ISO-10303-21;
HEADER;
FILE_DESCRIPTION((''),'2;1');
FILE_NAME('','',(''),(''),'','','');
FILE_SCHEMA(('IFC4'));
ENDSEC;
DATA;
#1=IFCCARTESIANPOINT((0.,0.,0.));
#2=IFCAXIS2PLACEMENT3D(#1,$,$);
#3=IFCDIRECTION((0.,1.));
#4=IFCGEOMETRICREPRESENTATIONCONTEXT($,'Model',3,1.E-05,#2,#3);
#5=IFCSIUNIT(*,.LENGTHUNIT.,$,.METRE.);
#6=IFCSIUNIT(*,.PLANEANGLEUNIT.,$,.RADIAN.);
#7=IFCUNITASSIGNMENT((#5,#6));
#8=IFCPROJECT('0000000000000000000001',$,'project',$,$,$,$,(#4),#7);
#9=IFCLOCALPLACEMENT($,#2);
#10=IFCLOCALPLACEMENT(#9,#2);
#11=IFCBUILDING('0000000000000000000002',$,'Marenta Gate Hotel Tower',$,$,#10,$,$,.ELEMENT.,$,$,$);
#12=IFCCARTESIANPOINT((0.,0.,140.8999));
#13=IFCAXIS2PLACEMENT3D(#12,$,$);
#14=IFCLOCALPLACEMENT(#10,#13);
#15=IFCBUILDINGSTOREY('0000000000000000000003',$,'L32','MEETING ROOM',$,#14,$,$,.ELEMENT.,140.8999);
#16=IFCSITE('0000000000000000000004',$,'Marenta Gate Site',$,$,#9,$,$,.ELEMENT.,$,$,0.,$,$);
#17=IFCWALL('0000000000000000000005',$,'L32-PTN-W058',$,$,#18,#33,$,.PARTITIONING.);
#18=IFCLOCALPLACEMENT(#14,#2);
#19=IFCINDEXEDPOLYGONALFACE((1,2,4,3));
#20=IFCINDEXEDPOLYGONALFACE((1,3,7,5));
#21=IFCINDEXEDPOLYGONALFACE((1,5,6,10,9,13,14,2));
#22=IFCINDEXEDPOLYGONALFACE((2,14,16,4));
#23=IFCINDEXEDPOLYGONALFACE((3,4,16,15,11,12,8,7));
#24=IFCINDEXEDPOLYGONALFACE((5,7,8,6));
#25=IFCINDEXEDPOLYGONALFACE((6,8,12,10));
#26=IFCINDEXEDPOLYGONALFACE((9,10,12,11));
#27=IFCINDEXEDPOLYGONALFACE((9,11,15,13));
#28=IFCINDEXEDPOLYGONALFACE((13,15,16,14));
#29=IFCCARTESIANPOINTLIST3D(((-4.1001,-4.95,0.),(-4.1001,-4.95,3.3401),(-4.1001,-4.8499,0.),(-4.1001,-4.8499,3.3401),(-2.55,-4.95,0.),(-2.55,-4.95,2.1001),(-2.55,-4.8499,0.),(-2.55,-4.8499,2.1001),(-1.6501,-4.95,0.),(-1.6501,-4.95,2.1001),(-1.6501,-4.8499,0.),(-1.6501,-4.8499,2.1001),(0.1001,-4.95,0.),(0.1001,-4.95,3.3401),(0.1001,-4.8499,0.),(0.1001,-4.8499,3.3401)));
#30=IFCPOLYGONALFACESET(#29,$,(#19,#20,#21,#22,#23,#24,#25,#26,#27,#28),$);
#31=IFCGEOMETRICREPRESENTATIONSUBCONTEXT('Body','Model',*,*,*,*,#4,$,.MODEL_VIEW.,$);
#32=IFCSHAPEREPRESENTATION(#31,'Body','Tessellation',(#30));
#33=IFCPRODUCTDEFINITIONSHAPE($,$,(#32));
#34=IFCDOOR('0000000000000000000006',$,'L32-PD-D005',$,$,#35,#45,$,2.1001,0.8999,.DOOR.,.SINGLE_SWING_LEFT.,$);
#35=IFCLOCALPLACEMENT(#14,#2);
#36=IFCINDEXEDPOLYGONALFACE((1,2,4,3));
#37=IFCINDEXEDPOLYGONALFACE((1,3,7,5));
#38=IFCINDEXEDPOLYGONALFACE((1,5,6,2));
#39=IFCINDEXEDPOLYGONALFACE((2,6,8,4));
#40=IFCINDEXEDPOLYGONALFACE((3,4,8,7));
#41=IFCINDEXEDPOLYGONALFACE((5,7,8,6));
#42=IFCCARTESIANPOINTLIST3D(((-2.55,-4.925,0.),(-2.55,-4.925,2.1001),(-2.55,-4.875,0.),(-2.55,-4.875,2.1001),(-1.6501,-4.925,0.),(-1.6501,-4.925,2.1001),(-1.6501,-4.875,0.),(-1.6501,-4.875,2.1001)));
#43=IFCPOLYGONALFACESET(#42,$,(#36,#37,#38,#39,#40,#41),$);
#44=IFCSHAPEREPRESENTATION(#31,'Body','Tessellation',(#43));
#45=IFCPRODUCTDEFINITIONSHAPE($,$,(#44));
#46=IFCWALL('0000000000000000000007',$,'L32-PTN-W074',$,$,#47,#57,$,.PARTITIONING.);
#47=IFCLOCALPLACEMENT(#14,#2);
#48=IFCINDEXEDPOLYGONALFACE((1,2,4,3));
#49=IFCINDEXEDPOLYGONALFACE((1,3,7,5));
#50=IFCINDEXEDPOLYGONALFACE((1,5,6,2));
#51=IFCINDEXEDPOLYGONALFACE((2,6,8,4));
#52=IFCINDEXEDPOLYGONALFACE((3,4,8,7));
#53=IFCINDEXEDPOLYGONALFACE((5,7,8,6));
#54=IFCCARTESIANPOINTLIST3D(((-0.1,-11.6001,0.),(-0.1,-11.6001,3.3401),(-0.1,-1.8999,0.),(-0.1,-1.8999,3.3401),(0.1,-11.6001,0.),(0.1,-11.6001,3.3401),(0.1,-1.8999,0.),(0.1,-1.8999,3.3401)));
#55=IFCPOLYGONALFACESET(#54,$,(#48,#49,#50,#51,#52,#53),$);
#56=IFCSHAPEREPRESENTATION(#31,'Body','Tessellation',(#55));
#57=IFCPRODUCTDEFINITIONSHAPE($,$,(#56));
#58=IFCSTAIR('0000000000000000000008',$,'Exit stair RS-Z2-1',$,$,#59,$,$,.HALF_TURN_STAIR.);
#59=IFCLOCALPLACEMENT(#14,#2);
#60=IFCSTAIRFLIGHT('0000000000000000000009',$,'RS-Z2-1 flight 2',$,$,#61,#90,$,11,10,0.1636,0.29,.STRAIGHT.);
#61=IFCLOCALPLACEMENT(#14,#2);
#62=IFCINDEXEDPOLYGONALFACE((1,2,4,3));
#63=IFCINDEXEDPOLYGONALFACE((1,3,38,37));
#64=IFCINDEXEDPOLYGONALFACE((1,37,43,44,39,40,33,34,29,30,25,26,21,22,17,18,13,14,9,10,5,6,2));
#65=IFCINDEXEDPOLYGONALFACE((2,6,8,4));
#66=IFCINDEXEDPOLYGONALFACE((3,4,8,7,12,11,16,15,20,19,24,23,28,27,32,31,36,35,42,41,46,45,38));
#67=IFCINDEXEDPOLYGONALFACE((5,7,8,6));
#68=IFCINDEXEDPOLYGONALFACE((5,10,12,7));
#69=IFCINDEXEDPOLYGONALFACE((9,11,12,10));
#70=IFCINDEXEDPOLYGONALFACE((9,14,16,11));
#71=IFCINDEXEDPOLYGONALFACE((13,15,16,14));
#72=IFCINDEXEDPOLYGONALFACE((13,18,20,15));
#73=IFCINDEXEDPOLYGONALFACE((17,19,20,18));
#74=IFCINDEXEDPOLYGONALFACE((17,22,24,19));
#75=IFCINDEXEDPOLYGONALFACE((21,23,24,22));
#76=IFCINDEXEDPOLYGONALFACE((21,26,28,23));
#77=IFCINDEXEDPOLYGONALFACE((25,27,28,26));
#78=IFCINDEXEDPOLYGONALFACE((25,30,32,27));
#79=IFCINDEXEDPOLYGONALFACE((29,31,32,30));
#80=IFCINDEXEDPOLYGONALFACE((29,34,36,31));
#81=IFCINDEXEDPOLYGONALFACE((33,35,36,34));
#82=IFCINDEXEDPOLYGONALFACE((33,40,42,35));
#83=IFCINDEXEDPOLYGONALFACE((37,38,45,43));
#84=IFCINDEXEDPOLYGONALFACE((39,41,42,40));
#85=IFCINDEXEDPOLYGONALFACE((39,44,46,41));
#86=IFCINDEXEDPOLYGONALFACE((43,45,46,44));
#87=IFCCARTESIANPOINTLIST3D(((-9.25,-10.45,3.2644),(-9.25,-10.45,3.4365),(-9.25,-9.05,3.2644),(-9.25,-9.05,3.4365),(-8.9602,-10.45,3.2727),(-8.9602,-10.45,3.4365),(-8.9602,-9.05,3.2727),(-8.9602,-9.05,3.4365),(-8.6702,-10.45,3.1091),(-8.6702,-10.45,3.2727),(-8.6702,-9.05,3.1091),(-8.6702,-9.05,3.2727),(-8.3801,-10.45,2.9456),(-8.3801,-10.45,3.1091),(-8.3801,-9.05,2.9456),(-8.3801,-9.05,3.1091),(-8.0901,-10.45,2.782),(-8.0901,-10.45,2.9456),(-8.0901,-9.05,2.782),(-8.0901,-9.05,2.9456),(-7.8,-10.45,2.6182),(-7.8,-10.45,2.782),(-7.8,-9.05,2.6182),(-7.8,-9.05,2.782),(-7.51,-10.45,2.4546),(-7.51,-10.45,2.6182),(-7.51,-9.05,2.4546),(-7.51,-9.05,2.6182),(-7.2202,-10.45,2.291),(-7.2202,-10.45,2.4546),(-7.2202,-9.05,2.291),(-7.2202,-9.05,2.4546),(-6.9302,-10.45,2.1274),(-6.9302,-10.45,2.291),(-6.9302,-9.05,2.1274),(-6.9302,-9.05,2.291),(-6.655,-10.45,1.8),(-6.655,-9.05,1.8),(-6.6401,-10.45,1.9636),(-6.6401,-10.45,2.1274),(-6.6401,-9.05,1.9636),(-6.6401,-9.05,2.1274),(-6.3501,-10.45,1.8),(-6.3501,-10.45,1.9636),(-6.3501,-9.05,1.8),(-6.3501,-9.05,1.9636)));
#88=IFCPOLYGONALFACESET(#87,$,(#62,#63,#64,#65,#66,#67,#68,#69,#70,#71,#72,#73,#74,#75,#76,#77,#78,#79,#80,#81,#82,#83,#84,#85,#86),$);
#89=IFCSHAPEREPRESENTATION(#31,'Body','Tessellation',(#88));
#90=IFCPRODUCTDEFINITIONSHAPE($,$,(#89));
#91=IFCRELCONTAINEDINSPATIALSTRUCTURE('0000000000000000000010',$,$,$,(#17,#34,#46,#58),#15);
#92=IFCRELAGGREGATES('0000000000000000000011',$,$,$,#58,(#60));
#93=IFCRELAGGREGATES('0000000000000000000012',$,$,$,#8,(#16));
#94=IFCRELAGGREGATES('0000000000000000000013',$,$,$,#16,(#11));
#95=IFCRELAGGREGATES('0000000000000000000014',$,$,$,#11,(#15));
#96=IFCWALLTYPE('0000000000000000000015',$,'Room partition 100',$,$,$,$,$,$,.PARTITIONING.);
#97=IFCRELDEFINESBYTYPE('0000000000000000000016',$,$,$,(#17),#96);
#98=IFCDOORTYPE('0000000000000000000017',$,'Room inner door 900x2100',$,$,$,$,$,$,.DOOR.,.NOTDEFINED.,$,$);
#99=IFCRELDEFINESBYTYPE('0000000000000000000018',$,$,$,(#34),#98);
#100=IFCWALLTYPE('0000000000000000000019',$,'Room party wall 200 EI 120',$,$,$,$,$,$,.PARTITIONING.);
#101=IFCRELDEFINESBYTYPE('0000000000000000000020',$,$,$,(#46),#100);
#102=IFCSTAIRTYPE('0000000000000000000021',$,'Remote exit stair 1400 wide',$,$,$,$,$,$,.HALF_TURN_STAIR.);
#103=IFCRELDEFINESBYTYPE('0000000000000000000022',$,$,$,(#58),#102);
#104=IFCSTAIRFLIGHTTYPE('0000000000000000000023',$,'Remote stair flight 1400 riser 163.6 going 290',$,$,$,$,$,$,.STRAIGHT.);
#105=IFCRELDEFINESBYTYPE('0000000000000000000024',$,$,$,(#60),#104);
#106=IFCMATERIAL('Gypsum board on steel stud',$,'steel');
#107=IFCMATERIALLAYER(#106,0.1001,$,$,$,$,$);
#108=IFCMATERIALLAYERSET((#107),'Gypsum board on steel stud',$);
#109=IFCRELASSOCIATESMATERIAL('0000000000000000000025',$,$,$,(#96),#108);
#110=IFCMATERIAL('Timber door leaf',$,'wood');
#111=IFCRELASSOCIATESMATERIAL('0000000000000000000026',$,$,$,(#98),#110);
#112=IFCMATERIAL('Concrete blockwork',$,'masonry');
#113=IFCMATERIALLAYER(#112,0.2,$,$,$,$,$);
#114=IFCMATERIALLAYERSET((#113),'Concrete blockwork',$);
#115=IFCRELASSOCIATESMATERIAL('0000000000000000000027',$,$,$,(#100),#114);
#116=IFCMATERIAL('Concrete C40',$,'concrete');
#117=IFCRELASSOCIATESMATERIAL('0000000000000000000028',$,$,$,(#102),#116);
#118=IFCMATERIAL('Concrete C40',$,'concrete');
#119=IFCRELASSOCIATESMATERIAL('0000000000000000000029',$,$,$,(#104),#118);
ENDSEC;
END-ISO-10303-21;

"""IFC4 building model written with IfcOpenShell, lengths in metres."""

from ifc_helpers import new_model, si_unit, direction, frame, frame_2d, origin, place, context, subcontext, project, spatial, polyline, rectangle, outline, extrude, material, layer, layer_set, type_object, element, fill, aggregate, save


model = new_model("IFC4")

# Units and contexts
model_context = context("Model", 3, precision=1e-05, world=origin(), true_north=direction((0.0, 1.0)))
body_context = subcontext(model_context, "Body", "Model", "MODEL_VIEW")
ifc_project = project(units=[si_unit("LENGTHUNIT", "METRE"), si_unit("PLANEANGLEUNIT", "RADIAN")], contexts=[model_context])

# Site, building, storey
site_placement = place(None, origin())
site = spatial("IfcSite", under=ifc_project, at=site_placement, Name="Marenta Gate Site", CompositionType="ELEMENT", RefElevation=0.0)
building_placement = place(site_placement, origin())
building = spatial("IfcBuilding", under=site, at=building_placement, Name="Marenta Gate Hotel Tower", CompositionType="ELEMENT")
storey_placement = place(building_placement, frame((0.0, 0.0, 140.8999)))
storey = spatial("IfcBuildingStorey", under=building, at=storey_placement, Name="L32", Description="MEETING ROOM", CompositionType="ELEMENT", Elevation=140.8999)

# Wall, opening, door
ifc_material_1 = material(Name="Gypsum board on steel stud", Category="steel")
ifc_layer_1 = layer(ifc_material_1, 0.1001)
ifc_layer_set_1 = layer_set([ifc_layer_1], Name="Gypsum board on steel stud")
wall_type_1 = type_object("IfcWallType", Name="Room partition 100", PredefinedType="PARTITIONING", material=ifc_layer_set_1)
wall_1_placement = place(storey_placement, frame((-4.1001, -4.8999, 0.0), z_axis=(0.0, 0.0, 1.0), x_axis=(1.0, 0.0, 0.0)))
wall_1 = element("IfcWall", 1, at=wall_1_placement, inside=storey, type_object=wall_type_1, Name="L32-PTN-W058", PredefinedType="PARTITIONING", context=body_context, shape_type="SweptSolid", body=[
    extrude(rectangle(XDim=4.2002, YDim=0.1001, at=frame_2d((2.1001, 0.0))), origin(), (0.0, 0.0, 1.0), 3.3401),
])
opening_1_placement = place(wall_1_placement, frame((1.55, 0.0, 0.0)))
opening_1 = element("IfcOpeningElement", 2, at=opening_1_placement, cuts=wall_1, PredefinedType="OPENING", context=body_context, shape_type="SweptSolid", body=[
    extrude(rectangle(XDim=0.8999, YDim=2.1001, at=frame_2d((0.45, 1.05))), frame((0.0, 0.05, 0.0), z_axis=(0.0, -1.0, 0.0), x_axis=(1.0, 0.0, 0.0)), (0.0, 0.0, 1.0), 0.1001),
])
ifc_material_2 = material(Name="Timber door leaf", Category="wood")
door_type_1 = type_object("IfcDoorType", Name="Room inner door 900x2100", OperationType="NOTDEFINED", PredefinedType="DOOR", material=ifc_material_2)
door_1_placement = place(opening_1_placement, origin())
door_1 = element("IfcDoor", 3, at=door_1_placement, inside=storey, type_object=door_type_1, Name="L32-PD-D005", OperationType="SINGLE_SWING_LEFT", OverallHeight=2.1001, OverallWidth=0.8999, PredefinedType="DOOR", context=body_context, shape_type="SweptSolid", body=[
    extrude(rectangle(XDim=0.8999, YDim=2.1001, at=frame_2d((0.45, 1.05))), frame((0.0, 0.0249, 0.0), z_axis=(0.0, -1.0, 0.0), x_axis=(1.0, 0.0, 0.0)), (0.0, 0.0, 1.0), 0.05),
])
fill(opening_1, door_1)

# Wall
ifc_material_3 = material(Name="Concrete blockwork", Category="masonry")
ifc_layer_2 = layer(ifc_material_3, 0.2)
ifc_layer_set_2 = layer_set([ifc_layer_2], Name="Concrete blockwork")
wall_type_2 = type_object("IfcWallType", Name="Room party wall 200 EI 120", PredefinedType="PARTITIONING", material=ifc_layer_set_2)
wall_2_placement = place(storey_placement, frame((0.0, -11.6001, 0.0), z_axis=(0.0, 0.0, 1.0), x_axis=(0.0, 1.0, 0.0)))
element("IfcWall", 4, at=wall_2_placement, inside=storey, type_object=wall_type_2, Name="L32-PTN-W074", PredefinedType="PARTITIONING", context=body_context, shape_type="SweptSolid", body=[
    extrude(rectangle(XDim=9.7002, YDim=0.2, at=frame_2d((4.8501, 0.0))), origin(), (0.0, 0.0, 1.0), 3.3401),
])

# Stair, stair flight
ifc_material_4 = material(Name="Concrete C40", Category="concrete")
stair_type = type_object("IfcStairType", Name="Remote exit stair 1400 wide", PredefinedType="HALF_TURN_STAIR", material=ifc_material_4)
stair_placement = place(storey_placement, origin())
stair = element("IfcStair", 5, at=stair_placement, inside=storey, type_object=stair_type, Name="Exit stair RS-Z2-1", PredefinedType="HALF_TURN_STAIR")
ifc_material_5 = material(Name="Concrete C40", Category="concrete")
stair_flight_type = type_object("IfcStairFlightType", Name="Remote stair flight 1400 riser 163.6 going 290", PredefinedType="STRAIGHT", material=ifc_material_5)
stair_flight_placement = place(storey_placement, frame((-6.3501, -9.75, 1.8), z_axis=(0.0, 0.0, 1.0), x_axis=(-1.0, 0.0, 0.0)))
stair_flight = element("IfcStairFlight", 6, at=stair_flight_placement, type_object=stair_flight_type, Name="RS-Z2-1 flight 2", NumberOfRisers=11, NumberOfTreads=10, PredefinedType="STRAIGHT", RiserHeight=0.1636, TreadLength=0.29, context=body_context, shape_type="SweptSolid", body=[
    extrude(outline(polyline([(0.0, 0.0), (0.0, 0.1636), (0.29, 0.1636), (0.29, 0.3274), (0.5801, 0.3274), (0.5801, 0.491), (0.8701, 0.491), (0.8701, 0.6545), (1.1599, 0.6545), (1.1599, 0.8181), (1.45, 0.8181), (1.45, 0.9819), (1.74, 0.9819), (1.74, 1.1455), (2.03, 1.1455), (2.03, 1.3091), (2.3201, 1.3091), (2.3201, 1.4727), (2.6101, 1.4727), (2.6101, 1.6365), (2.8999, 1.6365), (2.8999, 1.8), (2.8999, 1.4644), (0.3049, 0.0), (0.0, 0.0)])), frame((0.0, 0.7, 0.0), z_axis=(0.0, -1.0, 0.0), x_axis=(1.0, 0.0, 0.0)), (0.0, 0.0, 1.0), 1.3999),
])
aggregate(stair, [stair_flight])

save(model, "model.ifc")
